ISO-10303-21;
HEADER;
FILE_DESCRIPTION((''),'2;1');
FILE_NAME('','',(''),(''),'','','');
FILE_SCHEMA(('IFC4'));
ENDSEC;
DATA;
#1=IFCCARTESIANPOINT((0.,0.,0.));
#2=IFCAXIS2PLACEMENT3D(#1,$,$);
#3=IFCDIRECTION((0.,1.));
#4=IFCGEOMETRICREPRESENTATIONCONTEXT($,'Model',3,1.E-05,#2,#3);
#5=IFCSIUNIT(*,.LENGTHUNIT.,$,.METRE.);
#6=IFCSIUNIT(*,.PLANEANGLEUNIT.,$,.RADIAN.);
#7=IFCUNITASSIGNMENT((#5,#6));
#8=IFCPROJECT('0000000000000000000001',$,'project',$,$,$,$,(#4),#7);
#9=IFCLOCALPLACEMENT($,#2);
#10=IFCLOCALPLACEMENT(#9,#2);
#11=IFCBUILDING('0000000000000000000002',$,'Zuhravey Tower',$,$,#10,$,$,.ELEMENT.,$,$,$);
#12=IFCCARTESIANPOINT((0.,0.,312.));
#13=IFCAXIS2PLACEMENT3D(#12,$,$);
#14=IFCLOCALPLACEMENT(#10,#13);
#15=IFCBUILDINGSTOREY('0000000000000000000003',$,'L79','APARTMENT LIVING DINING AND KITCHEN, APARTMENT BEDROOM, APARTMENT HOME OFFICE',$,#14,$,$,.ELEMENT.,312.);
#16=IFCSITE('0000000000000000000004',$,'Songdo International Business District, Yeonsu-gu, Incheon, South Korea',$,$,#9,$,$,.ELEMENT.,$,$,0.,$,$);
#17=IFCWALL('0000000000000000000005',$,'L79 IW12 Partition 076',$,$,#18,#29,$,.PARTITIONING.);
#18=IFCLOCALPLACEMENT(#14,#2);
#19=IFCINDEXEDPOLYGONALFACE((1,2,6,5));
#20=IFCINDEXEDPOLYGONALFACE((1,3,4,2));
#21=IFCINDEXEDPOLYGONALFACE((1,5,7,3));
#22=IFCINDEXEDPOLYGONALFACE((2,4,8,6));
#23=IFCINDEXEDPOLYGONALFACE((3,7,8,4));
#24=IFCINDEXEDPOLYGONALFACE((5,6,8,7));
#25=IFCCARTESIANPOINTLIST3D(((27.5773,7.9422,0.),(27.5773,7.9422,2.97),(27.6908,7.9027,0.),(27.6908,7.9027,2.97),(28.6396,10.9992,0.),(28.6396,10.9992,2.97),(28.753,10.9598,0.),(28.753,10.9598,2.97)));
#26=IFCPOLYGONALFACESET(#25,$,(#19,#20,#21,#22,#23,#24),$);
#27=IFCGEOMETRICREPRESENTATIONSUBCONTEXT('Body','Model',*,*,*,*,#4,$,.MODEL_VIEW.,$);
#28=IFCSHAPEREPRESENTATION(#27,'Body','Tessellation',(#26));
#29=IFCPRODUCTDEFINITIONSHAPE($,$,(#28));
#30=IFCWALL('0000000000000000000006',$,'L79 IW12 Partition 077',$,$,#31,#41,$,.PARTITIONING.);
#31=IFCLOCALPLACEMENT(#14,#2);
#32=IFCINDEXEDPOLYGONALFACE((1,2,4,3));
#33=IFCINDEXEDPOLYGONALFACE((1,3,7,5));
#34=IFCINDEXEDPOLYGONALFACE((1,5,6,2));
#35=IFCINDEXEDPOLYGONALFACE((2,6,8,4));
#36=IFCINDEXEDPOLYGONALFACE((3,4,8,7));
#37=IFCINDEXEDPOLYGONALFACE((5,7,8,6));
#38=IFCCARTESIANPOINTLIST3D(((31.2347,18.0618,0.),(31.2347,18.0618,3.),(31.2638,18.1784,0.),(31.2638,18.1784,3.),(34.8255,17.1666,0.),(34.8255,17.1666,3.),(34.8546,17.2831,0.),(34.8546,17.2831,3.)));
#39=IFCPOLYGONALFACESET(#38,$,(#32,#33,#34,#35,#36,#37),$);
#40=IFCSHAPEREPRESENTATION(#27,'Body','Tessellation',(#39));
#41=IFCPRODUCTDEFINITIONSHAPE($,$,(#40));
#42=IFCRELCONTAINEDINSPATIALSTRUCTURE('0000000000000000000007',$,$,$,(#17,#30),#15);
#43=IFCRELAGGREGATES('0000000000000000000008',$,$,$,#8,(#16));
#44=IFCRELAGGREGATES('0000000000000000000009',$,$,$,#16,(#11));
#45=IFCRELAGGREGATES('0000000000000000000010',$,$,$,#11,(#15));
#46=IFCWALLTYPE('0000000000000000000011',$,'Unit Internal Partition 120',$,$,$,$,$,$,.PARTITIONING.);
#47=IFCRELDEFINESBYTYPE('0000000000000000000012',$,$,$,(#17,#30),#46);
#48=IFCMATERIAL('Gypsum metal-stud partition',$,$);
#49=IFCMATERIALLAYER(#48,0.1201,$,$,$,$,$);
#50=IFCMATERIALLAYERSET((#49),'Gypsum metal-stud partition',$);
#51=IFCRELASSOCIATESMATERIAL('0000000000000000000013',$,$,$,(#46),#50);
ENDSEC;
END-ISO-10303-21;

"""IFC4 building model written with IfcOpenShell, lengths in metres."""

from ifc_helpers import new_model, si_unit, direction, frame, frame_2d, origin, place, context, subcontext, project, spatial, rectangle, extrude, material, layer, layer_set, type_object, element, save


model = new_model("IFC4")

# Units and contexts
model_context = context("Model", 3, precision=1e-05, world=origin(), true_north=direction((0.0, 1.0)))
body_context = subcontext(model_context, "Body", "Model", "MODEL_VIEW")
ifc_project = project(units=[si_unit("LENGTHUNIT", "METRE"), si_unit("PLANEANGLEUNIT", "RADIAN")], contexts=[model_context])

# Site, building, storey
site_placement = place(None, origin())
site = spatial("IfcSite", under=ifc_project, at=site_placement, Name="Songdo International Business District, Yeonsu-gu, Incheon, South Korea", CompositionType="ELEMENT", RefElevation=0.0)
building_placement = place(site_placement, origin())
building = spatial("IfcBuilding", under=site, at=building_placement, Name="Zuhravey Tower", CompositionType="ELEMENT")
storey_placement = place(building_placement, frame((0.0, 0.0, 312.0)))
storey = spatial("IfcBuildingStorey", under=building, at=storey_placement, Name="L79", Description="APARTMENT LIVING DINING AND KITCHEN, APARTMENT BEDROOM, APARTMENT HOME OFFICE", CompositionType="ELEMENT", Elevation=312.0)

# Shared definitions
ifc_material_1 = material(Name="Gypsum metal-stud partition")
ifc_layer_1 = layer(ifc_material_1, 0.1201)
ifc_layer_set_1 = layer_set([ifc_layer_1], Name="Gypsum metal-stud partition")
wall_type_1 = type_object("IfcWallType", Name="Unit Internal Partition 120", PredefinedType="PARTITIONING", material=ifc_layer_set_1)

# Walls
wall_1_placement = place(storey_placement, frame((28.6963, 10.9795, 0.0), z_axis=(0.0, 0.0, 1.0), x_axis=(-0.328219, -0.944602, 0.0)))
element("IfcWall", 1, at=wall_1_placement, inside=storey, type_object=wall_type_1, Name="L79 IW12 Partition 076", PredefinedType="PARTITIONING", context=body_context, shape_type="SweptSolid", body=[
    extrude(rectangle(XDim=3.2363, YDim=0.1201, at=frame_2d((1.6182, 0.0))), origin(), (0.0, 0.0, 1.0), 2.97),
])
wall_2_placement = place(storey_placement, frame((31.2493, 18.1201, 0.0), z_axis=(0.0, 0.0, 1.0), x_axis=(0.970298, -0.241915, 0.0)))
element("IfcWall", 2, at=wall_2_placement, inside=storey, type_object=wall_type_1, Name="L79 IW12 Partition 077", PredefinedType="PARTITIONING", context=body_context, shape_type="SweptSolid", body=[
    extrude(rectangle(XDim=3.7007, YDim=0.1201, at=frame_2d((1.8503, 0.0))), origin(), (0.0, 0.0, 1.0), 3.0),
])

save(model, "model.ifc")
